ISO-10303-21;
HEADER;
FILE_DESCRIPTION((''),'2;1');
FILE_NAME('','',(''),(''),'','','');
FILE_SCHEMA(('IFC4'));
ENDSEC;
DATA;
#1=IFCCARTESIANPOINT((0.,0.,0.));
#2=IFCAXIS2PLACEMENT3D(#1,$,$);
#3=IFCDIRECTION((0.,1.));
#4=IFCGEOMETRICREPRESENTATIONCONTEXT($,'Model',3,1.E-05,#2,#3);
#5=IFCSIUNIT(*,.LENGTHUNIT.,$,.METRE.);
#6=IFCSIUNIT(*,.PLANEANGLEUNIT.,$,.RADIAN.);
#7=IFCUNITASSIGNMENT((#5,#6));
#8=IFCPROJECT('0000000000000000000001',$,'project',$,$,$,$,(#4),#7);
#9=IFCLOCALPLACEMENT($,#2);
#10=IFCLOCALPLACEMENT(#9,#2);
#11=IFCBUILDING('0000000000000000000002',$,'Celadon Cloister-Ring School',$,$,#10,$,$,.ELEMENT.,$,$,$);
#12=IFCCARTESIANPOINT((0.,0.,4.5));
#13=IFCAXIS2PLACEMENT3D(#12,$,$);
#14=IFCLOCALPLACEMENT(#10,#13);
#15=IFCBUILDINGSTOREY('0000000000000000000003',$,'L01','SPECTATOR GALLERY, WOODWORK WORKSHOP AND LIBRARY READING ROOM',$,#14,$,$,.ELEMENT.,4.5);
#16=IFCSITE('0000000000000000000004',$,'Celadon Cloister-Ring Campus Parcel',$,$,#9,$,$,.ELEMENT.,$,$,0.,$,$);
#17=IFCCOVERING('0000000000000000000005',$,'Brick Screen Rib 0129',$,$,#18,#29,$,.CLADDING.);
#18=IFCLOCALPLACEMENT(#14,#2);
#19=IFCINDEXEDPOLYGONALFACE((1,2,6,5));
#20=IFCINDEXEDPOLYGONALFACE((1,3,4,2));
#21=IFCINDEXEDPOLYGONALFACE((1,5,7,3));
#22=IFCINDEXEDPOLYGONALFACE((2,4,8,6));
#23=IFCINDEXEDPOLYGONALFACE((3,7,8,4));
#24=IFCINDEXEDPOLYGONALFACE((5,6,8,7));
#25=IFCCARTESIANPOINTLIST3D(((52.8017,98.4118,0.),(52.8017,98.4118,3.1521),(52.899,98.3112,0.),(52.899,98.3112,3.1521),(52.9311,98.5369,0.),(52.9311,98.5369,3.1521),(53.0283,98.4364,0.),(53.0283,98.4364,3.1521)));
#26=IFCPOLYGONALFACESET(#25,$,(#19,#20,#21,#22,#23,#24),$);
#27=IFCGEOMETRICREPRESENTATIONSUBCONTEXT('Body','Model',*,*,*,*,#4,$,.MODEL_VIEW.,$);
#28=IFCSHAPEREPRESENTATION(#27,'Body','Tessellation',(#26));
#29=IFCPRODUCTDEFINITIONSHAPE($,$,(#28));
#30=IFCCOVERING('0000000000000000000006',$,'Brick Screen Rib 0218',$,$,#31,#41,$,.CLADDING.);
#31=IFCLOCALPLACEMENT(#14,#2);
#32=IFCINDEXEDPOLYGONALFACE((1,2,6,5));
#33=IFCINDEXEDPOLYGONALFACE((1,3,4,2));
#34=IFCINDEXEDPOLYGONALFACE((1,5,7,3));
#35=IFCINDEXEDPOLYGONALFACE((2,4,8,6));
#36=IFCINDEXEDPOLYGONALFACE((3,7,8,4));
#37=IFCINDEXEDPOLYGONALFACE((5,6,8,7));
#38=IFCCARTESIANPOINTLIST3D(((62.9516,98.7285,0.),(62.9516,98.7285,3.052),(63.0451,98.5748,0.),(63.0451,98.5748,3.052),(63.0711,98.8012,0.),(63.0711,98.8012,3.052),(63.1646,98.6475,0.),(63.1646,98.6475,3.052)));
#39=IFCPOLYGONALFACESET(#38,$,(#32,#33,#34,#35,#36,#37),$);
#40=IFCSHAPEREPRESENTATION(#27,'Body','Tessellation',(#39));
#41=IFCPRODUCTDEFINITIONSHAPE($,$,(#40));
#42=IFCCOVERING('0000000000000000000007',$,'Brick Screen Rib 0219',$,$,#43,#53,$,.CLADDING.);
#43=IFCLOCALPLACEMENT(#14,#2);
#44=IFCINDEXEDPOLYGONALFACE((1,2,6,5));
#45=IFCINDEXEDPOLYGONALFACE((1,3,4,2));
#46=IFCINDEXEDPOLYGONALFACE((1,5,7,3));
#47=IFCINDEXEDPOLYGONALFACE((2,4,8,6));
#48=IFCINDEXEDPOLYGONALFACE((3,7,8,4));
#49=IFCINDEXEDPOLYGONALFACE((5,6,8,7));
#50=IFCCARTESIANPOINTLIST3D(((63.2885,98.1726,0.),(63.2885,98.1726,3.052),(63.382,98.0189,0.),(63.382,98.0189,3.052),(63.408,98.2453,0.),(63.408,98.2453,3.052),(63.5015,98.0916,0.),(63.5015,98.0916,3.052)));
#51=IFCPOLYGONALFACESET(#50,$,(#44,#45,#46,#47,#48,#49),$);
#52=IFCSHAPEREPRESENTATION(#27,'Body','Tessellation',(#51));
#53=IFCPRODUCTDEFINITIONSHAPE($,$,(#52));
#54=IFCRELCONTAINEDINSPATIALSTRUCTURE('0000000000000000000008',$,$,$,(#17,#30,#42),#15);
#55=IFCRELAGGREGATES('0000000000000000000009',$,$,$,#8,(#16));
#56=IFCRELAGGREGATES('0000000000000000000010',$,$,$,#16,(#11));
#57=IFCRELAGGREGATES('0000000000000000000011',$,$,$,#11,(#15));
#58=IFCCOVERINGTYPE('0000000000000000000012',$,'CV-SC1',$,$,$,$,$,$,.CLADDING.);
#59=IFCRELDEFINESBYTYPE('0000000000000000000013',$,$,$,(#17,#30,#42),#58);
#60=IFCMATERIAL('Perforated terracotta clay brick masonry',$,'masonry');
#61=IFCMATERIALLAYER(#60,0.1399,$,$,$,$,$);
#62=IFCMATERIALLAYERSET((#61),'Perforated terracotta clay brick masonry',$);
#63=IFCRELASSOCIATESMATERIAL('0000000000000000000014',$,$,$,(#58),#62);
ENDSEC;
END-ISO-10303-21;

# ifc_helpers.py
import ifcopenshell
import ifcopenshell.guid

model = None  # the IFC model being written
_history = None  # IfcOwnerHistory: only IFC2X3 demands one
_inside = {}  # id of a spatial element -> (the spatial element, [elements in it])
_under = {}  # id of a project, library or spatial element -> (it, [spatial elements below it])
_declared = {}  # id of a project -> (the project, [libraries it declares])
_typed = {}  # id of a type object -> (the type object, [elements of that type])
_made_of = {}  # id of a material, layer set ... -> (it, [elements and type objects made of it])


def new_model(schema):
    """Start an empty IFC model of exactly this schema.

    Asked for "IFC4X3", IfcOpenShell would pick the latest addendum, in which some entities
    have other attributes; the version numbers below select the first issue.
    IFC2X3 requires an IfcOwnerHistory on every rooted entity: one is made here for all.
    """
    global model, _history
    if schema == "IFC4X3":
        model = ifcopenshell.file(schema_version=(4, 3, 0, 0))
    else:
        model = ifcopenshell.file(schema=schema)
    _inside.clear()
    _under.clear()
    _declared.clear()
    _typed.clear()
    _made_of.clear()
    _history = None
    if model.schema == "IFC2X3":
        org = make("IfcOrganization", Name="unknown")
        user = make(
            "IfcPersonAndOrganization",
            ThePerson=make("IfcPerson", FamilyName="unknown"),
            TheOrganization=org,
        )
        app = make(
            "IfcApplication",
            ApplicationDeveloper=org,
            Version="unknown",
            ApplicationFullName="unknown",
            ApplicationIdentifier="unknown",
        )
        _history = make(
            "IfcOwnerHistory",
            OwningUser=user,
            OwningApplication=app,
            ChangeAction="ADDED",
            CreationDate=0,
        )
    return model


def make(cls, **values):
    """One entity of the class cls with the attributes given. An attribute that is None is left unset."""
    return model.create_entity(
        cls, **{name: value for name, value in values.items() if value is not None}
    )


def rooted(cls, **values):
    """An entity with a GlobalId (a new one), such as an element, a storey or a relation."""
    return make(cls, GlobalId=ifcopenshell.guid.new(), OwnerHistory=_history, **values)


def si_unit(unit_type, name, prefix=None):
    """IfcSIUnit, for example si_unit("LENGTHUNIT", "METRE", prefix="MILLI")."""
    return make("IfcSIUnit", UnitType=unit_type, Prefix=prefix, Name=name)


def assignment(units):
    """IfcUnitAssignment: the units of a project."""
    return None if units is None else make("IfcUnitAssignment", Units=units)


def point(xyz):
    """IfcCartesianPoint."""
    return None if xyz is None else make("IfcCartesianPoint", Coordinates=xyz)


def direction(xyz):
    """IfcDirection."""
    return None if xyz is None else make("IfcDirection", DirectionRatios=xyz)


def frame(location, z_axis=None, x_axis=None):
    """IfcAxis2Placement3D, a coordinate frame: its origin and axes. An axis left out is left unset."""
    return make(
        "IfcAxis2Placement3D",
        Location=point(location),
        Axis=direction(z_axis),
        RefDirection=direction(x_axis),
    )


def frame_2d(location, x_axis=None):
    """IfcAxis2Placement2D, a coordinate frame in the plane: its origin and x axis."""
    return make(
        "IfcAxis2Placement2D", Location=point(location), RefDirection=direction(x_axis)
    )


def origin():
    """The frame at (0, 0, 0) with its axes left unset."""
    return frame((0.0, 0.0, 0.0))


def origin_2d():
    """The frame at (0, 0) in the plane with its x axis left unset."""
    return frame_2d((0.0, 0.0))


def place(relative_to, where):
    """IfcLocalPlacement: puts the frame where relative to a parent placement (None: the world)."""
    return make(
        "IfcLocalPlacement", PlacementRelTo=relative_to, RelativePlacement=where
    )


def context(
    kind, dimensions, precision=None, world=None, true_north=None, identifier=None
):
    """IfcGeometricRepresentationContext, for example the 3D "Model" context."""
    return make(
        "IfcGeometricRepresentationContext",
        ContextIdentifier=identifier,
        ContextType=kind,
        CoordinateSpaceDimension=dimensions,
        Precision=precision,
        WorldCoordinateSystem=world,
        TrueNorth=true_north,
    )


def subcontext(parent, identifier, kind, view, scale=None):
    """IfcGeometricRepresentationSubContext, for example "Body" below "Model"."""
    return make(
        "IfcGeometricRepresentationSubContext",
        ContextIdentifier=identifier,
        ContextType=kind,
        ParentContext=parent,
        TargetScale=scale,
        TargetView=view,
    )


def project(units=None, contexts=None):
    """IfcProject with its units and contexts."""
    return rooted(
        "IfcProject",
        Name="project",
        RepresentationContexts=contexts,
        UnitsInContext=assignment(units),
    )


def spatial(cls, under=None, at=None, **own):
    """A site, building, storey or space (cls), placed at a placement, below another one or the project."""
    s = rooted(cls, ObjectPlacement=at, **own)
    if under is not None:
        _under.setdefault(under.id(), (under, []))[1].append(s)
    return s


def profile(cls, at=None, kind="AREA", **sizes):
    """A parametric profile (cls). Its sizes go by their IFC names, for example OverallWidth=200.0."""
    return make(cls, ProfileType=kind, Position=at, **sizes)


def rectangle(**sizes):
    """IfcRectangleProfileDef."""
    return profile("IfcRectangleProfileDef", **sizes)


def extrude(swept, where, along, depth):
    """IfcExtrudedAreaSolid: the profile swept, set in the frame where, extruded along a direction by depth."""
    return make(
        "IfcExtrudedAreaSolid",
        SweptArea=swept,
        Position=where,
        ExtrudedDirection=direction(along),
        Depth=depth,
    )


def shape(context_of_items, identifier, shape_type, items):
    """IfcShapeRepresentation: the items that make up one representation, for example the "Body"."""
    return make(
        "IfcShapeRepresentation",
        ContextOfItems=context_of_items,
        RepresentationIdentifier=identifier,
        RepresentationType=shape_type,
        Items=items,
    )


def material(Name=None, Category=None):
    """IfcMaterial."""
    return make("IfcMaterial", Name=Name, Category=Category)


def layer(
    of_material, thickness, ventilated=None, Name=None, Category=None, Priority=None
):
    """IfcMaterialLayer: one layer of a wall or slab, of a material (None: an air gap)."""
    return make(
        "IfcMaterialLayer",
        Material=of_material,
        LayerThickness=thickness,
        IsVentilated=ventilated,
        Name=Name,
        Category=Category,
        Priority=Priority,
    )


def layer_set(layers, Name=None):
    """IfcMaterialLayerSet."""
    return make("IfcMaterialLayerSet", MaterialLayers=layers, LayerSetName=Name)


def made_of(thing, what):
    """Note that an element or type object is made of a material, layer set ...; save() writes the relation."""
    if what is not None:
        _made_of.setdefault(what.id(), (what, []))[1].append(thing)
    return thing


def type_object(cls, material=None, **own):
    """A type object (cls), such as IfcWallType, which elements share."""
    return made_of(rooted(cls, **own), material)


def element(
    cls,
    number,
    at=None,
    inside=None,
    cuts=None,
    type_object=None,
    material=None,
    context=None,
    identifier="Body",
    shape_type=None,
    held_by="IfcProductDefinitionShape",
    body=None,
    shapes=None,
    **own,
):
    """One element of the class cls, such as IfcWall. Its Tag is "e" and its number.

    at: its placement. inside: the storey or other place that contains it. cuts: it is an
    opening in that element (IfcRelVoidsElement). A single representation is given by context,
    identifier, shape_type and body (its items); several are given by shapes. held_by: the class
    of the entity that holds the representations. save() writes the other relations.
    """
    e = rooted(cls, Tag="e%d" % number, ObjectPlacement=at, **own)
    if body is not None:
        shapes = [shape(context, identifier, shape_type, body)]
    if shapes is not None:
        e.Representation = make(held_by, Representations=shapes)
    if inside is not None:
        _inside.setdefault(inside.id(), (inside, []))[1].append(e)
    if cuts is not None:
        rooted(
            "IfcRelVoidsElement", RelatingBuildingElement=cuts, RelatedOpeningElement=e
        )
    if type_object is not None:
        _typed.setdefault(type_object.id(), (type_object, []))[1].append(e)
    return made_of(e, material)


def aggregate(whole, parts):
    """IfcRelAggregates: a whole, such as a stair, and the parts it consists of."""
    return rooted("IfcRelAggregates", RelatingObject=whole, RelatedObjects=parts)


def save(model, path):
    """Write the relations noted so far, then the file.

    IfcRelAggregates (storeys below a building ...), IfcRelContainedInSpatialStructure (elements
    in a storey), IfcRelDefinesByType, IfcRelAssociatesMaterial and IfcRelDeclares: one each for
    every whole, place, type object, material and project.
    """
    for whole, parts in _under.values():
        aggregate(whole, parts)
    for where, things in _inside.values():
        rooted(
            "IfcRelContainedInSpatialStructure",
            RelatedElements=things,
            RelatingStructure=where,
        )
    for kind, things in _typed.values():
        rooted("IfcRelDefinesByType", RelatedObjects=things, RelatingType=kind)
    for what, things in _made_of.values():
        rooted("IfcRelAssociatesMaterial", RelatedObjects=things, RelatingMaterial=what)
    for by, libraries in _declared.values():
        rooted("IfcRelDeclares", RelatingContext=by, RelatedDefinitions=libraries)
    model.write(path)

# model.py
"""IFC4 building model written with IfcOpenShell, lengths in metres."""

from ifc_helpers import new_model, si_unit, direction, frame, origin, origin_2d, place, context, subcontext, project, spatial, rectangle, extrude, material, layer, layer_set, type_object, element, save


model = new_model("IFC4")

# Units and contexts
model_context = context("Model", 3, precision=1e-05, world=origin(), true_north=direction((0.0, 1.0)))
body_context = subcontext(model_context, "Body", "Model", "MODEL_VIEW")
ifc_project = project(units=[si_unit("LENGTHUNIT", "METRE"), si_unit("PLANEANGLEUNIT", "RADIAN")], contexts=[model_context])

# Site, building, storey
site_placement = place(None, origin())
site = spatial("IfcSite", under=ifc_project, at=site_placement, Name="Celadon Cloister-Ring Campus Parcel", CompositionType="ELEMENT", RefElevation=0.0)
building_placement = place(site_placement, origin())
building = spatial("IfcBuilding", under=site, at=building_placement, Name="Celadon Cloister-Ring School", CompositionType="ELEMENT")
storey_placement = place(building_placement, frame((0.0, 0.0, 4.5)))
storey = spatial("IfcBuildingStorey", under=building, at=storey_placement, Name="L01", Description="SPECTATOR GALLERY, WOODWORK WORKSHOP AND LIBRARY READING ROOM", CompositionType="ELEMENT", Elevation=4.5)

# Coverings
ifc_material_1 = material(Name="Perforated terracotta clay brick masonry", Category="masonry")
ifc_layer_1 = layer(ifc_material_1, 0.1399)
ifc_layer_set_1 = layer_set([ifc_layer_1], Name="Perforated terracotta clay brick masonry")
covering_type = type_object("IfcCoveringType", Name="CV-SC1", PredefinedType="CLADDING", material=ifc_layer_set_1)
covering_placement = place(storey_placement, frame((52.915, 98.4241, 0.0), z_axis=(0.0, 0.0, 1.0), x_axis=(0.718673, 0.695349, 0.0)))
element("IfcCovering", 1, at=covering_placement, inside=storey, type_object=covering_type, Name="Brick Screen Rib 0129", PredefinedType="CLADDING", context=body_context, shape_type="SweptSolid", body=[
    extrude(rectangle(XDim=0.1799, YDim=0.1399, at=origin_2d()), origin(), (0.0, 0.0, 1.0), 3.1521),
])
for number, where, z_axis, x_axis, name in (
    (2, (63.0581, 98.688, 0.0), (0.0, 0.0, 1.0), (0.519862, -0.85425, 0.0), "Brick Screen Rib 0218"),
    (3, (63.395, 98.1321, 0.0), (0.0, 0.0, 1.0), (0.519862, -0.85425, 0.0), "Brick Screen Rib 0219"),
):
    element("IfcCovering", number, at=place(storey_placement, frame(where, z_axis=z_axis, x_axis=x_axis)), inside=storey, type_object=covering_type, Name=name, PredefinedType="CLADDING", context=body_context, shape_type="SweptSolid", body=[
        extrude(rectangle(XDim=0.1799, YDim=0.1399, at=origin_2d()), origin(), (0.0, 0.0, 1.0), 3.052),
    ])

save(model, "model.ifc")
